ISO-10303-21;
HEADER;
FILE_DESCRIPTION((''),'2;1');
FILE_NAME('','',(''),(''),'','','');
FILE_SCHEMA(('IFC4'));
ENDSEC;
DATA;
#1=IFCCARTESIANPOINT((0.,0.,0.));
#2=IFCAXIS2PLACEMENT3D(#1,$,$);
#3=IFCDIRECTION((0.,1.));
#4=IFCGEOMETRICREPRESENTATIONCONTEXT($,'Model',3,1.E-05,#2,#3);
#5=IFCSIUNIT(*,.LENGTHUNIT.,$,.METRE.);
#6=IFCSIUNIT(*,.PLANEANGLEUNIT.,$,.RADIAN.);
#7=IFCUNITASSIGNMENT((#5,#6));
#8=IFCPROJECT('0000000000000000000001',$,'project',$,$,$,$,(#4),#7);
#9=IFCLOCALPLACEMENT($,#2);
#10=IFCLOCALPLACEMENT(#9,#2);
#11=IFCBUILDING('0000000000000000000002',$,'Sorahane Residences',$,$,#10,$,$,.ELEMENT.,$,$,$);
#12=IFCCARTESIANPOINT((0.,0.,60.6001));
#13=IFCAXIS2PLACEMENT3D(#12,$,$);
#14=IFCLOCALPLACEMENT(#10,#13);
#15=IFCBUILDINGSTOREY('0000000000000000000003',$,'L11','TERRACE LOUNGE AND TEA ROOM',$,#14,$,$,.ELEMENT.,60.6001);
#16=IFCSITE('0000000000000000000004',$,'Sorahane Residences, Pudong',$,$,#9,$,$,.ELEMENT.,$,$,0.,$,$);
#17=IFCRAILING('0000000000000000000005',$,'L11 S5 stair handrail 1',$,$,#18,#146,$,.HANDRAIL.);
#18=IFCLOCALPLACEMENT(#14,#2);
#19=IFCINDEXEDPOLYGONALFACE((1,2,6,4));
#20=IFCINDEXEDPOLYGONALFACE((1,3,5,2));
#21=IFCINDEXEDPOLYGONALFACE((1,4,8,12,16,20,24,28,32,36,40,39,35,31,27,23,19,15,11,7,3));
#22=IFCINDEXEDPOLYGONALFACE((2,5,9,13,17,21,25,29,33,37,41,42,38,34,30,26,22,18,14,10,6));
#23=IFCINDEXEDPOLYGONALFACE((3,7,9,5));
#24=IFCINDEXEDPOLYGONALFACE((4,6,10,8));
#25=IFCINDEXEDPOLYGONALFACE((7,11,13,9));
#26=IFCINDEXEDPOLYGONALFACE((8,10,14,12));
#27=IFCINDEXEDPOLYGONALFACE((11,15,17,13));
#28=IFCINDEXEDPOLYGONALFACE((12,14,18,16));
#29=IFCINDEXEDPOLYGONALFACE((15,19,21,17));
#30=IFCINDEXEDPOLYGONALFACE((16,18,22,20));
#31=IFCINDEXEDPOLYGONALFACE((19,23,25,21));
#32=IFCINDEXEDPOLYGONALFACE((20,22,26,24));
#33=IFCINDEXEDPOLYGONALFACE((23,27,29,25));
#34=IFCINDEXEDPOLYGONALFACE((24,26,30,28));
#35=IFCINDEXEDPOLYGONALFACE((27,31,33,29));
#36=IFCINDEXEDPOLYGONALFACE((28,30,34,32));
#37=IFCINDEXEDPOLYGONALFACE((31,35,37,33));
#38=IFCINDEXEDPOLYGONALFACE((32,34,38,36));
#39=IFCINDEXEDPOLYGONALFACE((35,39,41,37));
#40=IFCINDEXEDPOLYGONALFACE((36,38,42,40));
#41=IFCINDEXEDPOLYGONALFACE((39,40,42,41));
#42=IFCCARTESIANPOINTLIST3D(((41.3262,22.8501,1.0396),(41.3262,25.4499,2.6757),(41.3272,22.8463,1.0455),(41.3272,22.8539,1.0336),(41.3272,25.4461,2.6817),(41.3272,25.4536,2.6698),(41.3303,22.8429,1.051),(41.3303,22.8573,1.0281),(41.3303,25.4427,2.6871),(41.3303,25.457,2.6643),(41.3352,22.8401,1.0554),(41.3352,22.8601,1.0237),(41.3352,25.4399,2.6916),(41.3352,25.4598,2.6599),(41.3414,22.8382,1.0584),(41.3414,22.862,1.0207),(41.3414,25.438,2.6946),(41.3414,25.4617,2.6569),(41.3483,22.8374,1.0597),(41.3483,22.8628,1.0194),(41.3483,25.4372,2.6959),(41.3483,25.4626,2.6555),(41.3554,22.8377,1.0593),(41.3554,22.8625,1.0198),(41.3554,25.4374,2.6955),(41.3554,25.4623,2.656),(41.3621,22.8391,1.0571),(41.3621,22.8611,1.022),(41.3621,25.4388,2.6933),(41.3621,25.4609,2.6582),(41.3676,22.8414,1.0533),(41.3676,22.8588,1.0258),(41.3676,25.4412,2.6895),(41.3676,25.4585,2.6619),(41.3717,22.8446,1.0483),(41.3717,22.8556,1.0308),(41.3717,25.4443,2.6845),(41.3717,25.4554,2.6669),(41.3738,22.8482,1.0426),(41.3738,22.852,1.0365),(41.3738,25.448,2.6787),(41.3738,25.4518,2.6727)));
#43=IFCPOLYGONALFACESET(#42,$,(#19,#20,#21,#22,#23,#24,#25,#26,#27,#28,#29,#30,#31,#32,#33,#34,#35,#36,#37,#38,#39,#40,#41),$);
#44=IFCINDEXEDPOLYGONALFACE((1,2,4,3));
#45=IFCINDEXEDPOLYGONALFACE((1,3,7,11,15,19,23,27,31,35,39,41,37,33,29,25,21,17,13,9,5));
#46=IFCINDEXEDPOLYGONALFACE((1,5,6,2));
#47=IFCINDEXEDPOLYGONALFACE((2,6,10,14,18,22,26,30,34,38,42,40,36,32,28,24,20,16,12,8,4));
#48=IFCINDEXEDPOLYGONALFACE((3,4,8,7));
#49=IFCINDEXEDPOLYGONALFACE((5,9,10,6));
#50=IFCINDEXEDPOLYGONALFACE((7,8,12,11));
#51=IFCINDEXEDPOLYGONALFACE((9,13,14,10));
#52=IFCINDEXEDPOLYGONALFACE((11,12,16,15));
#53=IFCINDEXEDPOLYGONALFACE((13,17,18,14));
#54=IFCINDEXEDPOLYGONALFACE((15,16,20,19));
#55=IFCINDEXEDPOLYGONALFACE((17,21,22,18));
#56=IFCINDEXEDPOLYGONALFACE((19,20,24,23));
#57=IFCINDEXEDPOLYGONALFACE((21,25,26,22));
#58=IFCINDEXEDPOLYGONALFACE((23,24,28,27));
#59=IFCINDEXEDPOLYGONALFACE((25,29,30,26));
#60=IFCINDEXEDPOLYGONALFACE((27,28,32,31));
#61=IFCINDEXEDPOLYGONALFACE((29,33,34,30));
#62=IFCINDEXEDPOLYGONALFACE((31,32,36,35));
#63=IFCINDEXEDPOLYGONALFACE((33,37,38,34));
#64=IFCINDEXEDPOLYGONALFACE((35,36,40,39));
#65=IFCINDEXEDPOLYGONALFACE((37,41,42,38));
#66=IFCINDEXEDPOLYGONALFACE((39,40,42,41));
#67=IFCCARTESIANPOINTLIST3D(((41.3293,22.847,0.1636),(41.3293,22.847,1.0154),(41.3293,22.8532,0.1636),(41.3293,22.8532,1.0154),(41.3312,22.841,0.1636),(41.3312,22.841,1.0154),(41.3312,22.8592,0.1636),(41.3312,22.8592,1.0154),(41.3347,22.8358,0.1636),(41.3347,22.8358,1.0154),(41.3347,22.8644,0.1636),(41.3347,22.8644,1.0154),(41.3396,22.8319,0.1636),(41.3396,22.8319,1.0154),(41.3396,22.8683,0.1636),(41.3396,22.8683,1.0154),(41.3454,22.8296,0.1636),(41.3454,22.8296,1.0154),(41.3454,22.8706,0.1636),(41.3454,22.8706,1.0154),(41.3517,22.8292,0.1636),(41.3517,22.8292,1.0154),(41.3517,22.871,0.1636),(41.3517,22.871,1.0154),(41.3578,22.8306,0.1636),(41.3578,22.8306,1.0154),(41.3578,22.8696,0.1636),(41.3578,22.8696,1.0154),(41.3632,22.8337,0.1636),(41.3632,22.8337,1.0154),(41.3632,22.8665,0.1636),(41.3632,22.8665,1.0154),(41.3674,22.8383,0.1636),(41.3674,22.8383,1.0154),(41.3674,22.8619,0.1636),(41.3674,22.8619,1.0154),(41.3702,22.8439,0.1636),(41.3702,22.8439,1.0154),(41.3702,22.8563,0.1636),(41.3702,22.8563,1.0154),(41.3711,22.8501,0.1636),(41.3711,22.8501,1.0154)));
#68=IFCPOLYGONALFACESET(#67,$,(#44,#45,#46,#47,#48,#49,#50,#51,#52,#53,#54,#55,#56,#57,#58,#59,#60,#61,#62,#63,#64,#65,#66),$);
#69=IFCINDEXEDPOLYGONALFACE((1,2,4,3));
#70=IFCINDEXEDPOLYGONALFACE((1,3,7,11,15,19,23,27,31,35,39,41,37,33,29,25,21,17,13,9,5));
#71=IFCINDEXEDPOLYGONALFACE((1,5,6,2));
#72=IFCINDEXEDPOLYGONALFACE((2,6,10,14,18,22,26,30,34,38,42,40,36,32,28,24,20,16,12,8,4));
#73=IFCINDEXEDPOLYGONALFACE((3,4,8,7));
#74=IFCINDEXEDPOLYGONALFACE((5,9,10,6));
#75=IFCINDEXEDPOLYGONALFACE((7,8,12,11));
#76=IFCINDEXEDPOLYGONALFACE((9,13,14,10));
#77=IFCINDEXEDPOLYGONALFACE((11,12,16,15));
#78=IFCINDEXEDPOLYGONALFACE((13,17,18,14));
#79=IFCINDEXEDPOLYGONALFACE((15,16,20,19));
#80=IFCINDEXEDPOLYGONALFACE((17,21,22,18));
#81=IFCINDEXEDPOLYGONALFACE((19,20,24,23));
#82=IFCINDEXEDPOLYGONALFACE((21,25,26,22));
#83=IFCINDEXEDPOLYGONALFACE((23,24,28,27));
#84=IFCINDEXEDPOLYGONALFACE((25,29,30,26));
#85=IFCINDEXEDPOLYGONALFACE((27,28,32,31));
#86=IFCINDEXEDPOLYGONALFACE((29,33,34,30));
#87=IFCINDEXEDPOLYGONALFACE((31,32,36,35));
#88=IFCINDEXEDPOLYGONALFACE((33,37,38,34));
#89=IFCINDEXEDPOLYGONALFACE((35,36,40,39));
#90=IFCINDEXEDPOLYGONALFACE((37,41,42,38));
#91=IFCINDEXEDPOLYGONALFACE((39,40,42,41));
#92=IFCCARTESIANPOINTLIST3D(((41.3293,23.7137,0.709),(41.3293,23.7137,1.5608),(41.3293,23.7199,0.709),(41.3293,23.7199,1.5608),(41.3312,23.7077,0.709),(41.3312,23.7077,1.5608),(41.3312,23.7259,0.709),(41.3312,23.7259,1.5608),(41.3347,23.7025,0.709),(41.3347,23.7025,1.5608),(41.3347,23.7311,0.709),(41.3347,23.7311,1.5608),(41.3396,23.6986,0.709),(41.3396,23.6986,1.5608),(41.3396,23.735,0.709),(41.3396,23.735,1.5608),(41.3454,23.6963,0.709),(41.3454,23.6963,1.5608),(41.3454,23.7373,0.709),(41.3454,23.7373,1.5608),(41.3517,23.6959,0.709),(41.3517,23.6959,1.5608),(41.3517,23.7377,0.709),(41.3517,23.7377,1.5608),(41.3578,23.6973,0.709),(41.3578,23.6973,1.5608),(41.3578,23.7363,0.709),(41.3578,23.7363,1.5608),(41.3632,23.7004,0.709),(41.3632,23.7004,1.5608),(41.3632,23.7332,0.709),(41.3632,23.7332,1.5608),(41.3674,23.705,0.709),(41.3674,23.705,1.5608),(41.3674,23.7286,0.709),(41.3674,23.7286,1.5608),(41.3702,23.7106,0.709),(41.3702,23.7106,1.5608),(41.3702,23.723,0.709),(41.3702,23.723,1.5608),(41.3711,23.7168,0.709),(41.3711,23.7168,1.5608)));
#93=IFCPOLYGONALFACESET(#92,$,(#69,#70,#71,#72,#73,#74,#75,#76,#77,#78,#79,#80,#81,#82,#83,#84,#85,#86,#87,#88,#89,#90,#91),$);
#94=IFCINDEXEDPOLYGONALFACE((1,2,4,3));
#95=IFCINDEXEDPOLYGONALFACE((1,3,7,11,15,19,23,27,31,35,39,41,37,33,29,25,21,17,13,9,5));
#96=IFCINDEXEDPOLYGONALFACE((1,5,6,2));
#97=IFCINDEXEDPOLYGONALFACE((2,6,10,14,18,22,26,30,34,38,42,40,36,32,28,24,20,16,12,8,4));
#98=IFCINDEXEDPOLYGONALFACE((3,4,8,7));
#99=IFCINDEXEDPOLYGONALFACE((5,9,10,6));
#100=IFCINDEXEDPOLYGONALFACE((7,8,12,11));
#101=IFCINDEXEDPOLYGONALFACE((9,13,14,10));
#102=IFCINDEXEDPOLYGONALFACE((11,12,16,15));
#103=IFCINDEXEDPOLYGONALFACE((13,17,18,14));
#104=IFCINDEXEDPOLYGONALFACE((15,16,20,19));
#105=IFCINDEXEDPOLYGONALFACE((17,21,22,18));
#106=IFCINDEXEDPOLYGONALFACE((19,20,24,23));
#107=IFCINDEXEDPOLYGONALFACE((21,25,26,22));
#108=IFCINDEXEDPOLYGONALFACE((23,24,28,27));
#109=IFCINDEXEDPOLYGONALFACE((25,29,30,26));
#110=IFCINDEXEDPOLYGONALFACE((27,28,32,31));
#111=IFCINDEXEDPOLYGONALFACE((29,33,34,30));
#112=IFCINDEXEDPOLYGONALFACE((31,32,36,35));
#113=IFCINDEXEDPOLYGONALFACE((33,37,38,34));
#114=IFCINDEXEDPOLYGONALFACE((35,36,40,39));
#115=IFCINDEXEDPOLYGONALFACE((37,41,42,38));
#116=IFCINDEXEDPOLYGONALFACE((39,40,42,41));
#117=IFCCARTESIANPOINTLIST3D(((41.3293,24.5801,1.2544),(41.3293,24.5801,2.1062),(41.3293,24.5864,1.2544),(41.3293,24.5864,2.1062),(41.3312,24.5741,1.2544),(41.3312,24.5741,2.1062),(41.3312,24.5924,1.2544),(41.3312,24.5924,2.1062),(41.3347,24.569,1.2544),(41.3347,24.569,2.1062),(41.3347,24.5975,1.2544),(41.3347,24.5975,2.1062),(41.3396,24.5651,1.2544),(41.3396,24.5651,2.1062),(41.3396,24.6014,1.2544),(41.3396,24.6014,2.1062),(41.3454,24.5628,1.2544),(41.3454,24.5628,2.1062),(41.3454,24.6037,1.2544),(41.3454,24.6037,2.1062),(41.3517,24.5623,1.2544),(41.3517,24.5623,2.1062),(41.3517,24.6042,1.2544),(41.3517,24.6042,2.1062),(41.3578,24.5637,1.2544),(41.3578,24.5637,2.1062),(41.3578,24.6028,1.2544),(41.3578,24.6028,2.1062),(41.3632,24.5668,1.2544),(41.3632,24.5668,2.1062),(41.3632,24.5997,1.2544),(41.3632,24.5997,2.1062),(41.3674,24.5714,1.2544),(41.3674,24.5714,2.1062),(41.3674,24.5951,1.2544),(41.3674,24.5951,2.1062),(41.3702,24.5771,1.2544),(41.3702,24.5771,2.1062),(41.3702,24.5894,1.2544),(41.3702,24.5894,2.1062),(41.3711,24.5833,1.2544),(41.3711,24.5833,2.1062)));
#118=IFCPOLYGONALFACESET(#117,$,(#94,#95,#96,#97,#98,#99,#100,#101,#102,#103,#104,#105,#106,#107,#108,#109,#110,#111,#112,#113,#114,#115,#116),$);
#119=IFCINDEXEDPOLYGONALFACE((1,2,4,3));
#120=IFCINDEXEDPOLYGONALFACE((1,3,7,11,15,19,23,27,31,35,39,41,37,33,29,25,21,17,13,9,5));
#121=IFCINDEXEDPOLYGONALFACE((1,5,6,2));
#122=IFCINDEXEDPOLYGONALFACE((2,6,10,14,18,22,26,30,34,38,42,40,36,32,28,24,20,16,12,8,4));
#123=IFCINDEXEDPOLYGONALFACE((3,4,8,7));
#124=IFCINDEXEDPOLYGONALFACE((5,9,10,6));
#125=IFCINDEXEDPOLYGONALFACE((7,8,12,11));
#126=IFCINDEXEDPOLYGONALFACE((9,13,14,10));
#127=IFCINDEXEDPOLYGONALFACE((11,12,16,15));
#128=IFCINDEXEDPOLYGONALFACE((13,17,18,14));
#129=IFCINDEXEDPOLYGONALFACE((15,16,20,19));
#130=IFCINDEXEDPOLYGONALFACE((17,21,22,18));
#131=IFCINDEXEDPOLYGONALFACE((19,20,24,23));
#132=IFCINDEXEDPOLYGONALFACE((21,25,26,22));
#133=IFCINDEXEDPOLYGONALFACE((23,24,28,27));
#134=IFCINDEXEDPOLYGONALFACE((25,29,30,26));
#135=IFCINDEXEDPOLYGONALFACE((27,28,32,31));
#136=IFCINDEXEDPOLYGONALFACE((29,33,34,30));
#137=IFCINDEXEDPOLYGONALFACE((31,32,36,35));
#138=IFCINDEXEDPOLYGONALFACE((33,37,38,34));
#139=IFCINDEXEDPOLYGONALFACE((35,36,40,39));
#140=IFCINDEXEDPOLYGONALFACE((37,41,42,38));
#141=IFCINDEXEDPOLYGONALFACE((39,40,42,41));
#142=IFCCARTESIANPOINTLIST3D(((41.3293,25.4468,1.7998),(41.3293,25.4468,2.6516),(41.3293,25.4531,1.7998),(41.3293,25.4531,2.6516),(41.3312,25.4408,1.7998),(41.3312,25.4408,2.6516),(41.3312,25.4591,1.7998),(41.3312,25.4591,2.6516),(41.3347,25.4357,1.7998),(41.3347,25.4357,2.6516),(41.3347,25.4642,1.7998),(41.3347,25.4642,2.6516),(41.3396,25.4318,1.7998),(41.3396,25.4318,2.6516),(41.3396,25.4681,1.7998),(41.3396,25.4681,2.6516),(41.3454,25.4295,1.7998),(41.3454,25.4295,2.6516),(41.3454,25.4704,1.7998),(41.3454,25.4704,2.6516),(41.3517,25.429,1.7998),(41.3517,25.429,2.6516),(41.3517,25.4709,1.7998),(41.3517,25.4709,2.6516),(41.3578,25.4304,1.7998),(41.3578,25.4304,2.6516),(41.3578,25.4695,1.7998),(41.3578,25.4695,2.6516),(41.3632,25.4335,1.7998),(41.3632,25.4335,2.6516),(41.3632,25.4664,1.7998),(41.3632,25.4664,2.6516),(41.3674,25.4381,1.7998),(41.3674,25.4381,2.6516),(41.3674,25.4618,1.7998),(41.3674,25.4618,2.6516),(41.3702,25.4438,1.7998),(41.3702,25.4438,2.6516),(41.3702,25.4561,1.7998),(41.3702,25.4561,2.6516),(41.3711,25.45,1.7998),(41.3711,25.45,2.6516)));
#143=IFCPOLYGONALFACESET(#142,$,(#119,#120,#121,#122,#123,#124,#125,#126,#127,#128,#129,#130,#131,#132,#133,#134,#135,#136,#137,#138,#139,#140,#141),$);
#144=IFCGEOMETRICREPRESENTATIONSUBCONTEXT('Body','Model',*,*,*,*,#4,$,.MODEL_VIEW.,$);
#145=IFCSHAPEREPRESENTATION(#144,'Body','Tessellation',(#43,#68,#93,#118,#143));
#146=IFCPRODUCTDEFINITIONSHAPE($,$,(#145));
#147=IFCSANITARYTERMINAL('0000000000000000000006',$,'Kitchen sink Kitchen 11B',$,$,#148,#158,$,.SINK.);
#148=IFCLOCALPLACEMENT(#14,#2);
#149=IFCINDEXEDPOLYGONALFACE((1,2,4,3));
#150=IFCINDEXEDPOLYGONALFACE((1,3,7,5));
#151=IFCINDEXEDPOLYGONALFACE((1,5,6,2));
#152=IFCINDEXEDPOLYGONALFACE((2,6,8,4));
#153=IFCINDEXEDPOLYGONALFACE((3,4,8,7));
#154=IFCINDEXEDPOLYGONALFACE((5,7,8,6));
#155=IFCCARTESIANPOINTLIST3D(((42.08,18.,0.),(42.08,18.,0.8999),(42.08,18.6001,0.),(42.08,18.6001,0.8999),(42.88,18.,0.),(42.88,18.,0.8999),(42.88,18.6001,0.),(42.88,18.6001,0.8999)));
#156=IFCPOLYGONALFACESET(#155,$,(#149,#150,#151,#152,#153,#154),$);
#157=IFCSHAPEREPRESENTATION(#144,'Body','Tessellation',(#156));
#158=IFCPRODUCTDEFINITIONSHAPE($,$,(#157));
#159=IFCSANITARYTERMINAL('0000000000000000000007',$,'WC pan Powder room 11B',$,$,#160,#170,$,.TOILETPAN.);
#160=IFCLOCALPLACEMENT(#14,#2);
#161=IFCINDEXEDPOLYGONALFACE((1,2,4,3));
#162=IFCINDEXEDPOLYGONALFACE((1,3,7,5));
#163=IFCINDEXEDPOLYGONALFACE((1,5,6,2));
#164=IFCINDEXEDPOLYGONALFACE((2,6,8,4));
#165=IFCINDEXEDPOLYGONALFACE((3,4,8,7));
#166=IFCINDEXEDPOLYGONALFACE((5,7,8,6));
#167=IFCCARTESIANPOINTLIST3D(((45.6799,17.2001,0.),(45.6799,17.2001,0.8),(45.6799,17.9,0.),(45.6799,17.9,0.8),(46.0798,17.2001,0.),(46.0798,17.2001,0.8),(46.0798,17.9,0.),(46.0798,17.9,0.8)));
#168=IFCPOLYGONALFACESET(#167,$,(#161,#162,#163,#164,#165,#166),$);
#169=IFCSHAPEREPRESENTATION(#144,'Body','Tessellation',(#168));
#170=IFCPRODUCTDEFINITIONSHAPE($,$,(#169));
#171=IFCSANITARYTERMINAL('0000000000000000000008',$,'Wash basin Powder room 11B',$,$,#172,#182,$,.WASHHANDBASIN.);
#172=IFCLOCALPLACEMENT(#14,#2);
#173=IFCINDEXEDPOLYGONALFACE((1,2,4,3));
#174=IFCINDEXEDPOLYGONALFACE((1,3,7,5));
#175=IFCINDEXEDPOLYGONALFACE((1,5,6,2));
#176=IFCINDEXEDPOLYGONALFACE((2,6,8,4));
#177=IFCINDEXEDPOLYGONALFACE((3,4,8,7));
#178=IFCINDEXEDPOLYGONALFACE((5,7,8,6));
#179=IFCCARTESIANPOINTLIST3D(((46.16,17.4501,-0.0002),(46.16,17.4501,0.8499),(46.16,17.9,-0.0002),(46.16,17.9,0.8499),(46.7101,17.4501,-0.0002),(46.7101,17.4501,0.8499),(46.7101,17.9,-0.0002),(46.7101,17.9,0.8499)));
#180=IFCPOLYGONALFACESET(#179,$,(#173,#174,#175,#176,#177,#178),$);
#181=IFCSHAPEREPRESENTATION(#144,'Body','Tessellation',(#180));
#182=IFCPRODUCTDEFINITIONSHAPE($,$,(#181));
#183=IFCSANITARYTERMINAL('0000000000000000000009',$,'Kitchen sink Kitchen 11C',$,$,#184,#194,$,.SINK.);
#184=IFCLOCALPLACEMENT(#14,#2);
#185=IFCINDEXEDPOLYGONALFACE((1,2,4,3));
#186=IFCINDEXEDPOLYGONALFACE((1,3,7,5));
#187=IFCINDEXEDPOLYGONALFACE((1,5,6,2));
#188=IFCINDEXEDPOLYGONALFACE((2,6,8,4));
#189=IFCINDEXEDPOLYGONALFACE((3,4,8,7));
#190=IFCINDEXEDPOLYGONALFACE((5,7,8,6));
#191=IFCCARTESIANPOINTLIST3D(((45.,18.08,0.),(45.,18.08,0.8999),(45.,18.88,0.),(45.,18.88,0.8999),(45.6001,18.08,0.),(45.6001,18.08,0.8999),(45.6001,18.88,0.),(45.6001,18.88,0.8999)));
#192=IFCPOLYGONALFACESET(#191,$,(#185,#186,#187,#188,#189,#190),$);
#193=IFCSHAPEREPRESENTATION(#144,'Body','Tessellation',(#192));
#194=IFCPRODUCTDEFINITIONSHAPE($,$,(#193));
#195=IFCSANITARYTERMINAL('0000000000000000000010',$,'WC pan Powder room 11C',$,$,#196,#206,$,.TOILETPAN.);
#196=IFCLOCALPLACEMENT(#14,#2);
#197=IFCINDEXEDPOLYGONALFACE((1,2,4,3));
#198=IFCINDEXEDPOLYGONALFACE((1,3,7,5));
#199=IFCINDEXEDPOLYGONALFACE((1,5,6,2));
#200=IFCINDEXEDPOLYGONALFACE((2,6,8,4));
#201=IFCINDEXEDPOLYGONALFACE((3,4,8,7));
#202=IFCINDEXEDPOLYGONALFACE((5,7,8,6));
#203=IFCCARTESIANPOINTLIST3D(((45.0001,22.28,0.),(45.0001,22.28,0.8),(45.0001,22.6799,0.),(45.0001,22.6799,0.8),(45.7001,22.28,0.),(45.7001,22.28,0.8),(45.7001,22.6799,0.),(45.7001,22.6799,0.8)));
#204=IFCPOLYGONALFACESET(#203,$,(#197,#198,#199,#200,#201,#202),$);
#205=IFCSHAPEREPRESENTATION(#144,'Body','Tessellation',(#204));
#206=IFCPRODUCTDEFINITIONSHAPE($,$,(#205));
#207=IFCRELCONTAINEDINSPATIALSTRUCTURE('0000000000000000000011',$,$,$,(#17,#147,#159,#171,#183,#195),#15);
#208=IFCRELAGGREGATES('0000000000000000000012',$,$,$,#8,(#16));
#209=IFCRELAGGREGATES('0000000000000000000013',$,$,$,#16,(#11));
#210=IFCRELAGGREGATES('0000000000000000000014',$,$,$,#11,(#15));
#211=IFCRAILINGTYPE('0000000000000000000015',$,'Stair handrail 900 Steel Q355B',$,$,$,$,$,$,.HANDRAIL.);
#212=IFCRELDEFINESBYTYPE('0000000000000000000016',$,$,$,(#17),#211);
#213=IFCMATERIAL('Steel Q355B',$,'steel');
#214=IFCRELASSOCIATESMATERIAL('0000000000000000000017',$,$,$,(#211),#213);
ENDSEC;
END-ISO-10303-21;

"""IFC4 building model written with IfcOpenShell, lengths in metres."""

from ifc_helpers import new_model, si_unit, direction, frame, origin, origin_2d, place, context, subcontext, project, spatial, rectangle, circle, extrude, material, type_object, element, save


model = new_model("IFC4")

# Units and contexts
model_context = context("Model", 3, precision=1e-05, world=origin(), true_north=direction((0.0, 1.0)))
body_context = subcontext(model_context, "Body", "Model", "MODEL_VIEW")
ifc_project = project(units=[si_unit("LENGTHUNIT", "METRE"), si_unit("PLANEANGLEUNIT", "RADIAN")], contexts=[model_context])

# Site, building, storey
site_placement = place(None, origin())
site = spatial("IfcSite", under=ifc_project, at=site_placement, Name="Sorahane Residences, Pudong", CompositionType="ELEMENT", RefElevation=0.0)
building_placement = place(site_placement, origin())
building = spatial("IfcBuilding", under=site, at=building_placement, Name="Sorahane Residences", CompositionType="ELEMENT")
storey_placement = place(building_placement, frame((0.0, 0.0, 60.6001)))
storey = spatial("IfcBuildingStorey", under=building, at=storey_placement, Name="L11", Description="TERRACE LOUNGE AND TEA ROOM", CompositionType="ELEMENT", Elevation=60.6001)

# Railing
ifc_material_1 = material(Name="Steel Q355B", Category="steel")
railing_type_1 = type_object("IfcRailingType", Name="Stair handrail 900 Steel Q355B", PredefinedType="HANDRAIL", material=ifc_material_1)
railing_1_placement = place(storey_placement, frame((41.3501, 22.8501, 0.1636)))
element("IfcRailing", 1, at=railing_1_placement, inside=storey, type_object=railing_type_1, Name="L11 S5 stair handrail 1", PredefinedType="HANDRAIL", context=body_context, shape_type="SweptSolid", body=[
    extrude(circle(Radius=0.0239, at=origin_2d()), frame((0.0, 0.0, 0.876), z_axis=(0.0, 0.846338, 0.532647), x_axis=(-1.0, 0.0, 0.0)), (0.0, 0.0, 1.0), 3.0718),
    extrude(circle(Radius=0.021, at=origin_2d()), origin(), (0.0, 0.0, 1.0), 0.8518),
    extrude(circle(Radius=0.021, at=origin_2d()), frame((0.0, 0.8667, 0.5454)), (0.0, 0.0, 1.0), 0.8518),
    extrude(circle(Radius=0.021, at=origin_2d()), frame((0.0, 1.7332, 1.0908)), (0.0, 0.0, 1.0), 0.8518),
    extrude(circle(Radius=0.021, at=origin_2d()), frame((0.0, 2.5999, 1.6362)), (0.0, 0.0, 1.0), 0.8518),
])

# Sanitary terminals
sanitary_terminal_1_placement = place(storey_placement, frame((42.48, 18.3, 0.0), z_axis=(0.0, 0.0, 1.0), x_axis=(1.0, 0.0, 0.0)))
element("IfcSanitaryTerminal", 2, at=sanitary_terminal_1_placement, inside=storey, Name="Kitchen sink Kitchen 11B", PredefinedType="SINK", context=body_context, shape_type="SweptSolid", body=[
    extrude(rectangle(XDim=0.8, YDim=0.6001, at=origin_2d()), origin(), (0.0, 0.0, 1.0), 0.8999),
])
sanitary_terminal_2_placement = place(storey_placement, frame((45.8799, 17.55, 0.0), z_axis=(0.0, 0.0, 1.0), x_axis=(1.0, 0.0, 0.0)))
element("IfcSanitaryTerminal", 3, at=sanitary_terminal_2_placement, inside=storey, Name="WC pan Powder room 11B", PredefinedType="TOILETPAN", context=body_context, shape_type="SweptSolid", body=[
    extrude(rectangle(XDim=0.3999, YDim=0.7, at=origin_2d()), origin(), (0.0, 0.0, 1.0), 0.8),
])
sanitary_terminal_3_placement = place(storey_placement, frame((46.4351, 17.675, -0.0002), z_axis=(0.0, 0.0, 1.0), x_axis=(1.0, 0.0, 0.0)))
element("IfcSanitaryTerminal", 4, at=sanitary_terminal_3_placement, inside=storey, Name="Wash basin Powder room 11B", PredefinedType="WASHHANDBASIN", context=body_context, shape_type="SweptSolid", body=[
    extrude(rectangle(XDim=0.55, YDim=0.45, at=origin_2d()), origin(), (0.0, 0.0, 1.0), 0.8501),
])
sanitary_terminal_4_placement = place(storey_placement, frame((45.3, 18.48, 0.0), z_axis=(0.0, 0.0, 1.0), x_axis=(0.0, 1.0, 0.0)))
element("IfcSanitaryTerminal", 5, at=sanitary_terminal_4_placement, inside=storey, Name="Kitchen sink Kitchen 11C", PredefinedType="SINK", context=body_context, shape_type="SweptSolid", body=[
    extrude(rectangle(XDim=0.8, YDim=0.6001, at=origin_2d()), origin(), (0.0, 0.0, 1.0), 0.8999),
])
sanitary_terminal_5_placement = place(storey_placement, frame((45.3501, 22.48, 0.0), z_axis=(0.0, 0.0, 1.0), x_axis=(0.0, 1.0, 0.0)))
element("IfcSanitaryTerminal", 6, at=sanitary_terminal_5_placement, inside=storey, Name="WC pan Powder room 11C", PredefinedType="TOILETPAN", context=body_context, shape_type="SweptSolid", body=[
    extrude(rectangle(XDim=0.3999, YDim=0.7, at=origin_2d()), origin(), (0.0, 0.0, 1.0), 0.8),
])

save(model, "model.ifc")
